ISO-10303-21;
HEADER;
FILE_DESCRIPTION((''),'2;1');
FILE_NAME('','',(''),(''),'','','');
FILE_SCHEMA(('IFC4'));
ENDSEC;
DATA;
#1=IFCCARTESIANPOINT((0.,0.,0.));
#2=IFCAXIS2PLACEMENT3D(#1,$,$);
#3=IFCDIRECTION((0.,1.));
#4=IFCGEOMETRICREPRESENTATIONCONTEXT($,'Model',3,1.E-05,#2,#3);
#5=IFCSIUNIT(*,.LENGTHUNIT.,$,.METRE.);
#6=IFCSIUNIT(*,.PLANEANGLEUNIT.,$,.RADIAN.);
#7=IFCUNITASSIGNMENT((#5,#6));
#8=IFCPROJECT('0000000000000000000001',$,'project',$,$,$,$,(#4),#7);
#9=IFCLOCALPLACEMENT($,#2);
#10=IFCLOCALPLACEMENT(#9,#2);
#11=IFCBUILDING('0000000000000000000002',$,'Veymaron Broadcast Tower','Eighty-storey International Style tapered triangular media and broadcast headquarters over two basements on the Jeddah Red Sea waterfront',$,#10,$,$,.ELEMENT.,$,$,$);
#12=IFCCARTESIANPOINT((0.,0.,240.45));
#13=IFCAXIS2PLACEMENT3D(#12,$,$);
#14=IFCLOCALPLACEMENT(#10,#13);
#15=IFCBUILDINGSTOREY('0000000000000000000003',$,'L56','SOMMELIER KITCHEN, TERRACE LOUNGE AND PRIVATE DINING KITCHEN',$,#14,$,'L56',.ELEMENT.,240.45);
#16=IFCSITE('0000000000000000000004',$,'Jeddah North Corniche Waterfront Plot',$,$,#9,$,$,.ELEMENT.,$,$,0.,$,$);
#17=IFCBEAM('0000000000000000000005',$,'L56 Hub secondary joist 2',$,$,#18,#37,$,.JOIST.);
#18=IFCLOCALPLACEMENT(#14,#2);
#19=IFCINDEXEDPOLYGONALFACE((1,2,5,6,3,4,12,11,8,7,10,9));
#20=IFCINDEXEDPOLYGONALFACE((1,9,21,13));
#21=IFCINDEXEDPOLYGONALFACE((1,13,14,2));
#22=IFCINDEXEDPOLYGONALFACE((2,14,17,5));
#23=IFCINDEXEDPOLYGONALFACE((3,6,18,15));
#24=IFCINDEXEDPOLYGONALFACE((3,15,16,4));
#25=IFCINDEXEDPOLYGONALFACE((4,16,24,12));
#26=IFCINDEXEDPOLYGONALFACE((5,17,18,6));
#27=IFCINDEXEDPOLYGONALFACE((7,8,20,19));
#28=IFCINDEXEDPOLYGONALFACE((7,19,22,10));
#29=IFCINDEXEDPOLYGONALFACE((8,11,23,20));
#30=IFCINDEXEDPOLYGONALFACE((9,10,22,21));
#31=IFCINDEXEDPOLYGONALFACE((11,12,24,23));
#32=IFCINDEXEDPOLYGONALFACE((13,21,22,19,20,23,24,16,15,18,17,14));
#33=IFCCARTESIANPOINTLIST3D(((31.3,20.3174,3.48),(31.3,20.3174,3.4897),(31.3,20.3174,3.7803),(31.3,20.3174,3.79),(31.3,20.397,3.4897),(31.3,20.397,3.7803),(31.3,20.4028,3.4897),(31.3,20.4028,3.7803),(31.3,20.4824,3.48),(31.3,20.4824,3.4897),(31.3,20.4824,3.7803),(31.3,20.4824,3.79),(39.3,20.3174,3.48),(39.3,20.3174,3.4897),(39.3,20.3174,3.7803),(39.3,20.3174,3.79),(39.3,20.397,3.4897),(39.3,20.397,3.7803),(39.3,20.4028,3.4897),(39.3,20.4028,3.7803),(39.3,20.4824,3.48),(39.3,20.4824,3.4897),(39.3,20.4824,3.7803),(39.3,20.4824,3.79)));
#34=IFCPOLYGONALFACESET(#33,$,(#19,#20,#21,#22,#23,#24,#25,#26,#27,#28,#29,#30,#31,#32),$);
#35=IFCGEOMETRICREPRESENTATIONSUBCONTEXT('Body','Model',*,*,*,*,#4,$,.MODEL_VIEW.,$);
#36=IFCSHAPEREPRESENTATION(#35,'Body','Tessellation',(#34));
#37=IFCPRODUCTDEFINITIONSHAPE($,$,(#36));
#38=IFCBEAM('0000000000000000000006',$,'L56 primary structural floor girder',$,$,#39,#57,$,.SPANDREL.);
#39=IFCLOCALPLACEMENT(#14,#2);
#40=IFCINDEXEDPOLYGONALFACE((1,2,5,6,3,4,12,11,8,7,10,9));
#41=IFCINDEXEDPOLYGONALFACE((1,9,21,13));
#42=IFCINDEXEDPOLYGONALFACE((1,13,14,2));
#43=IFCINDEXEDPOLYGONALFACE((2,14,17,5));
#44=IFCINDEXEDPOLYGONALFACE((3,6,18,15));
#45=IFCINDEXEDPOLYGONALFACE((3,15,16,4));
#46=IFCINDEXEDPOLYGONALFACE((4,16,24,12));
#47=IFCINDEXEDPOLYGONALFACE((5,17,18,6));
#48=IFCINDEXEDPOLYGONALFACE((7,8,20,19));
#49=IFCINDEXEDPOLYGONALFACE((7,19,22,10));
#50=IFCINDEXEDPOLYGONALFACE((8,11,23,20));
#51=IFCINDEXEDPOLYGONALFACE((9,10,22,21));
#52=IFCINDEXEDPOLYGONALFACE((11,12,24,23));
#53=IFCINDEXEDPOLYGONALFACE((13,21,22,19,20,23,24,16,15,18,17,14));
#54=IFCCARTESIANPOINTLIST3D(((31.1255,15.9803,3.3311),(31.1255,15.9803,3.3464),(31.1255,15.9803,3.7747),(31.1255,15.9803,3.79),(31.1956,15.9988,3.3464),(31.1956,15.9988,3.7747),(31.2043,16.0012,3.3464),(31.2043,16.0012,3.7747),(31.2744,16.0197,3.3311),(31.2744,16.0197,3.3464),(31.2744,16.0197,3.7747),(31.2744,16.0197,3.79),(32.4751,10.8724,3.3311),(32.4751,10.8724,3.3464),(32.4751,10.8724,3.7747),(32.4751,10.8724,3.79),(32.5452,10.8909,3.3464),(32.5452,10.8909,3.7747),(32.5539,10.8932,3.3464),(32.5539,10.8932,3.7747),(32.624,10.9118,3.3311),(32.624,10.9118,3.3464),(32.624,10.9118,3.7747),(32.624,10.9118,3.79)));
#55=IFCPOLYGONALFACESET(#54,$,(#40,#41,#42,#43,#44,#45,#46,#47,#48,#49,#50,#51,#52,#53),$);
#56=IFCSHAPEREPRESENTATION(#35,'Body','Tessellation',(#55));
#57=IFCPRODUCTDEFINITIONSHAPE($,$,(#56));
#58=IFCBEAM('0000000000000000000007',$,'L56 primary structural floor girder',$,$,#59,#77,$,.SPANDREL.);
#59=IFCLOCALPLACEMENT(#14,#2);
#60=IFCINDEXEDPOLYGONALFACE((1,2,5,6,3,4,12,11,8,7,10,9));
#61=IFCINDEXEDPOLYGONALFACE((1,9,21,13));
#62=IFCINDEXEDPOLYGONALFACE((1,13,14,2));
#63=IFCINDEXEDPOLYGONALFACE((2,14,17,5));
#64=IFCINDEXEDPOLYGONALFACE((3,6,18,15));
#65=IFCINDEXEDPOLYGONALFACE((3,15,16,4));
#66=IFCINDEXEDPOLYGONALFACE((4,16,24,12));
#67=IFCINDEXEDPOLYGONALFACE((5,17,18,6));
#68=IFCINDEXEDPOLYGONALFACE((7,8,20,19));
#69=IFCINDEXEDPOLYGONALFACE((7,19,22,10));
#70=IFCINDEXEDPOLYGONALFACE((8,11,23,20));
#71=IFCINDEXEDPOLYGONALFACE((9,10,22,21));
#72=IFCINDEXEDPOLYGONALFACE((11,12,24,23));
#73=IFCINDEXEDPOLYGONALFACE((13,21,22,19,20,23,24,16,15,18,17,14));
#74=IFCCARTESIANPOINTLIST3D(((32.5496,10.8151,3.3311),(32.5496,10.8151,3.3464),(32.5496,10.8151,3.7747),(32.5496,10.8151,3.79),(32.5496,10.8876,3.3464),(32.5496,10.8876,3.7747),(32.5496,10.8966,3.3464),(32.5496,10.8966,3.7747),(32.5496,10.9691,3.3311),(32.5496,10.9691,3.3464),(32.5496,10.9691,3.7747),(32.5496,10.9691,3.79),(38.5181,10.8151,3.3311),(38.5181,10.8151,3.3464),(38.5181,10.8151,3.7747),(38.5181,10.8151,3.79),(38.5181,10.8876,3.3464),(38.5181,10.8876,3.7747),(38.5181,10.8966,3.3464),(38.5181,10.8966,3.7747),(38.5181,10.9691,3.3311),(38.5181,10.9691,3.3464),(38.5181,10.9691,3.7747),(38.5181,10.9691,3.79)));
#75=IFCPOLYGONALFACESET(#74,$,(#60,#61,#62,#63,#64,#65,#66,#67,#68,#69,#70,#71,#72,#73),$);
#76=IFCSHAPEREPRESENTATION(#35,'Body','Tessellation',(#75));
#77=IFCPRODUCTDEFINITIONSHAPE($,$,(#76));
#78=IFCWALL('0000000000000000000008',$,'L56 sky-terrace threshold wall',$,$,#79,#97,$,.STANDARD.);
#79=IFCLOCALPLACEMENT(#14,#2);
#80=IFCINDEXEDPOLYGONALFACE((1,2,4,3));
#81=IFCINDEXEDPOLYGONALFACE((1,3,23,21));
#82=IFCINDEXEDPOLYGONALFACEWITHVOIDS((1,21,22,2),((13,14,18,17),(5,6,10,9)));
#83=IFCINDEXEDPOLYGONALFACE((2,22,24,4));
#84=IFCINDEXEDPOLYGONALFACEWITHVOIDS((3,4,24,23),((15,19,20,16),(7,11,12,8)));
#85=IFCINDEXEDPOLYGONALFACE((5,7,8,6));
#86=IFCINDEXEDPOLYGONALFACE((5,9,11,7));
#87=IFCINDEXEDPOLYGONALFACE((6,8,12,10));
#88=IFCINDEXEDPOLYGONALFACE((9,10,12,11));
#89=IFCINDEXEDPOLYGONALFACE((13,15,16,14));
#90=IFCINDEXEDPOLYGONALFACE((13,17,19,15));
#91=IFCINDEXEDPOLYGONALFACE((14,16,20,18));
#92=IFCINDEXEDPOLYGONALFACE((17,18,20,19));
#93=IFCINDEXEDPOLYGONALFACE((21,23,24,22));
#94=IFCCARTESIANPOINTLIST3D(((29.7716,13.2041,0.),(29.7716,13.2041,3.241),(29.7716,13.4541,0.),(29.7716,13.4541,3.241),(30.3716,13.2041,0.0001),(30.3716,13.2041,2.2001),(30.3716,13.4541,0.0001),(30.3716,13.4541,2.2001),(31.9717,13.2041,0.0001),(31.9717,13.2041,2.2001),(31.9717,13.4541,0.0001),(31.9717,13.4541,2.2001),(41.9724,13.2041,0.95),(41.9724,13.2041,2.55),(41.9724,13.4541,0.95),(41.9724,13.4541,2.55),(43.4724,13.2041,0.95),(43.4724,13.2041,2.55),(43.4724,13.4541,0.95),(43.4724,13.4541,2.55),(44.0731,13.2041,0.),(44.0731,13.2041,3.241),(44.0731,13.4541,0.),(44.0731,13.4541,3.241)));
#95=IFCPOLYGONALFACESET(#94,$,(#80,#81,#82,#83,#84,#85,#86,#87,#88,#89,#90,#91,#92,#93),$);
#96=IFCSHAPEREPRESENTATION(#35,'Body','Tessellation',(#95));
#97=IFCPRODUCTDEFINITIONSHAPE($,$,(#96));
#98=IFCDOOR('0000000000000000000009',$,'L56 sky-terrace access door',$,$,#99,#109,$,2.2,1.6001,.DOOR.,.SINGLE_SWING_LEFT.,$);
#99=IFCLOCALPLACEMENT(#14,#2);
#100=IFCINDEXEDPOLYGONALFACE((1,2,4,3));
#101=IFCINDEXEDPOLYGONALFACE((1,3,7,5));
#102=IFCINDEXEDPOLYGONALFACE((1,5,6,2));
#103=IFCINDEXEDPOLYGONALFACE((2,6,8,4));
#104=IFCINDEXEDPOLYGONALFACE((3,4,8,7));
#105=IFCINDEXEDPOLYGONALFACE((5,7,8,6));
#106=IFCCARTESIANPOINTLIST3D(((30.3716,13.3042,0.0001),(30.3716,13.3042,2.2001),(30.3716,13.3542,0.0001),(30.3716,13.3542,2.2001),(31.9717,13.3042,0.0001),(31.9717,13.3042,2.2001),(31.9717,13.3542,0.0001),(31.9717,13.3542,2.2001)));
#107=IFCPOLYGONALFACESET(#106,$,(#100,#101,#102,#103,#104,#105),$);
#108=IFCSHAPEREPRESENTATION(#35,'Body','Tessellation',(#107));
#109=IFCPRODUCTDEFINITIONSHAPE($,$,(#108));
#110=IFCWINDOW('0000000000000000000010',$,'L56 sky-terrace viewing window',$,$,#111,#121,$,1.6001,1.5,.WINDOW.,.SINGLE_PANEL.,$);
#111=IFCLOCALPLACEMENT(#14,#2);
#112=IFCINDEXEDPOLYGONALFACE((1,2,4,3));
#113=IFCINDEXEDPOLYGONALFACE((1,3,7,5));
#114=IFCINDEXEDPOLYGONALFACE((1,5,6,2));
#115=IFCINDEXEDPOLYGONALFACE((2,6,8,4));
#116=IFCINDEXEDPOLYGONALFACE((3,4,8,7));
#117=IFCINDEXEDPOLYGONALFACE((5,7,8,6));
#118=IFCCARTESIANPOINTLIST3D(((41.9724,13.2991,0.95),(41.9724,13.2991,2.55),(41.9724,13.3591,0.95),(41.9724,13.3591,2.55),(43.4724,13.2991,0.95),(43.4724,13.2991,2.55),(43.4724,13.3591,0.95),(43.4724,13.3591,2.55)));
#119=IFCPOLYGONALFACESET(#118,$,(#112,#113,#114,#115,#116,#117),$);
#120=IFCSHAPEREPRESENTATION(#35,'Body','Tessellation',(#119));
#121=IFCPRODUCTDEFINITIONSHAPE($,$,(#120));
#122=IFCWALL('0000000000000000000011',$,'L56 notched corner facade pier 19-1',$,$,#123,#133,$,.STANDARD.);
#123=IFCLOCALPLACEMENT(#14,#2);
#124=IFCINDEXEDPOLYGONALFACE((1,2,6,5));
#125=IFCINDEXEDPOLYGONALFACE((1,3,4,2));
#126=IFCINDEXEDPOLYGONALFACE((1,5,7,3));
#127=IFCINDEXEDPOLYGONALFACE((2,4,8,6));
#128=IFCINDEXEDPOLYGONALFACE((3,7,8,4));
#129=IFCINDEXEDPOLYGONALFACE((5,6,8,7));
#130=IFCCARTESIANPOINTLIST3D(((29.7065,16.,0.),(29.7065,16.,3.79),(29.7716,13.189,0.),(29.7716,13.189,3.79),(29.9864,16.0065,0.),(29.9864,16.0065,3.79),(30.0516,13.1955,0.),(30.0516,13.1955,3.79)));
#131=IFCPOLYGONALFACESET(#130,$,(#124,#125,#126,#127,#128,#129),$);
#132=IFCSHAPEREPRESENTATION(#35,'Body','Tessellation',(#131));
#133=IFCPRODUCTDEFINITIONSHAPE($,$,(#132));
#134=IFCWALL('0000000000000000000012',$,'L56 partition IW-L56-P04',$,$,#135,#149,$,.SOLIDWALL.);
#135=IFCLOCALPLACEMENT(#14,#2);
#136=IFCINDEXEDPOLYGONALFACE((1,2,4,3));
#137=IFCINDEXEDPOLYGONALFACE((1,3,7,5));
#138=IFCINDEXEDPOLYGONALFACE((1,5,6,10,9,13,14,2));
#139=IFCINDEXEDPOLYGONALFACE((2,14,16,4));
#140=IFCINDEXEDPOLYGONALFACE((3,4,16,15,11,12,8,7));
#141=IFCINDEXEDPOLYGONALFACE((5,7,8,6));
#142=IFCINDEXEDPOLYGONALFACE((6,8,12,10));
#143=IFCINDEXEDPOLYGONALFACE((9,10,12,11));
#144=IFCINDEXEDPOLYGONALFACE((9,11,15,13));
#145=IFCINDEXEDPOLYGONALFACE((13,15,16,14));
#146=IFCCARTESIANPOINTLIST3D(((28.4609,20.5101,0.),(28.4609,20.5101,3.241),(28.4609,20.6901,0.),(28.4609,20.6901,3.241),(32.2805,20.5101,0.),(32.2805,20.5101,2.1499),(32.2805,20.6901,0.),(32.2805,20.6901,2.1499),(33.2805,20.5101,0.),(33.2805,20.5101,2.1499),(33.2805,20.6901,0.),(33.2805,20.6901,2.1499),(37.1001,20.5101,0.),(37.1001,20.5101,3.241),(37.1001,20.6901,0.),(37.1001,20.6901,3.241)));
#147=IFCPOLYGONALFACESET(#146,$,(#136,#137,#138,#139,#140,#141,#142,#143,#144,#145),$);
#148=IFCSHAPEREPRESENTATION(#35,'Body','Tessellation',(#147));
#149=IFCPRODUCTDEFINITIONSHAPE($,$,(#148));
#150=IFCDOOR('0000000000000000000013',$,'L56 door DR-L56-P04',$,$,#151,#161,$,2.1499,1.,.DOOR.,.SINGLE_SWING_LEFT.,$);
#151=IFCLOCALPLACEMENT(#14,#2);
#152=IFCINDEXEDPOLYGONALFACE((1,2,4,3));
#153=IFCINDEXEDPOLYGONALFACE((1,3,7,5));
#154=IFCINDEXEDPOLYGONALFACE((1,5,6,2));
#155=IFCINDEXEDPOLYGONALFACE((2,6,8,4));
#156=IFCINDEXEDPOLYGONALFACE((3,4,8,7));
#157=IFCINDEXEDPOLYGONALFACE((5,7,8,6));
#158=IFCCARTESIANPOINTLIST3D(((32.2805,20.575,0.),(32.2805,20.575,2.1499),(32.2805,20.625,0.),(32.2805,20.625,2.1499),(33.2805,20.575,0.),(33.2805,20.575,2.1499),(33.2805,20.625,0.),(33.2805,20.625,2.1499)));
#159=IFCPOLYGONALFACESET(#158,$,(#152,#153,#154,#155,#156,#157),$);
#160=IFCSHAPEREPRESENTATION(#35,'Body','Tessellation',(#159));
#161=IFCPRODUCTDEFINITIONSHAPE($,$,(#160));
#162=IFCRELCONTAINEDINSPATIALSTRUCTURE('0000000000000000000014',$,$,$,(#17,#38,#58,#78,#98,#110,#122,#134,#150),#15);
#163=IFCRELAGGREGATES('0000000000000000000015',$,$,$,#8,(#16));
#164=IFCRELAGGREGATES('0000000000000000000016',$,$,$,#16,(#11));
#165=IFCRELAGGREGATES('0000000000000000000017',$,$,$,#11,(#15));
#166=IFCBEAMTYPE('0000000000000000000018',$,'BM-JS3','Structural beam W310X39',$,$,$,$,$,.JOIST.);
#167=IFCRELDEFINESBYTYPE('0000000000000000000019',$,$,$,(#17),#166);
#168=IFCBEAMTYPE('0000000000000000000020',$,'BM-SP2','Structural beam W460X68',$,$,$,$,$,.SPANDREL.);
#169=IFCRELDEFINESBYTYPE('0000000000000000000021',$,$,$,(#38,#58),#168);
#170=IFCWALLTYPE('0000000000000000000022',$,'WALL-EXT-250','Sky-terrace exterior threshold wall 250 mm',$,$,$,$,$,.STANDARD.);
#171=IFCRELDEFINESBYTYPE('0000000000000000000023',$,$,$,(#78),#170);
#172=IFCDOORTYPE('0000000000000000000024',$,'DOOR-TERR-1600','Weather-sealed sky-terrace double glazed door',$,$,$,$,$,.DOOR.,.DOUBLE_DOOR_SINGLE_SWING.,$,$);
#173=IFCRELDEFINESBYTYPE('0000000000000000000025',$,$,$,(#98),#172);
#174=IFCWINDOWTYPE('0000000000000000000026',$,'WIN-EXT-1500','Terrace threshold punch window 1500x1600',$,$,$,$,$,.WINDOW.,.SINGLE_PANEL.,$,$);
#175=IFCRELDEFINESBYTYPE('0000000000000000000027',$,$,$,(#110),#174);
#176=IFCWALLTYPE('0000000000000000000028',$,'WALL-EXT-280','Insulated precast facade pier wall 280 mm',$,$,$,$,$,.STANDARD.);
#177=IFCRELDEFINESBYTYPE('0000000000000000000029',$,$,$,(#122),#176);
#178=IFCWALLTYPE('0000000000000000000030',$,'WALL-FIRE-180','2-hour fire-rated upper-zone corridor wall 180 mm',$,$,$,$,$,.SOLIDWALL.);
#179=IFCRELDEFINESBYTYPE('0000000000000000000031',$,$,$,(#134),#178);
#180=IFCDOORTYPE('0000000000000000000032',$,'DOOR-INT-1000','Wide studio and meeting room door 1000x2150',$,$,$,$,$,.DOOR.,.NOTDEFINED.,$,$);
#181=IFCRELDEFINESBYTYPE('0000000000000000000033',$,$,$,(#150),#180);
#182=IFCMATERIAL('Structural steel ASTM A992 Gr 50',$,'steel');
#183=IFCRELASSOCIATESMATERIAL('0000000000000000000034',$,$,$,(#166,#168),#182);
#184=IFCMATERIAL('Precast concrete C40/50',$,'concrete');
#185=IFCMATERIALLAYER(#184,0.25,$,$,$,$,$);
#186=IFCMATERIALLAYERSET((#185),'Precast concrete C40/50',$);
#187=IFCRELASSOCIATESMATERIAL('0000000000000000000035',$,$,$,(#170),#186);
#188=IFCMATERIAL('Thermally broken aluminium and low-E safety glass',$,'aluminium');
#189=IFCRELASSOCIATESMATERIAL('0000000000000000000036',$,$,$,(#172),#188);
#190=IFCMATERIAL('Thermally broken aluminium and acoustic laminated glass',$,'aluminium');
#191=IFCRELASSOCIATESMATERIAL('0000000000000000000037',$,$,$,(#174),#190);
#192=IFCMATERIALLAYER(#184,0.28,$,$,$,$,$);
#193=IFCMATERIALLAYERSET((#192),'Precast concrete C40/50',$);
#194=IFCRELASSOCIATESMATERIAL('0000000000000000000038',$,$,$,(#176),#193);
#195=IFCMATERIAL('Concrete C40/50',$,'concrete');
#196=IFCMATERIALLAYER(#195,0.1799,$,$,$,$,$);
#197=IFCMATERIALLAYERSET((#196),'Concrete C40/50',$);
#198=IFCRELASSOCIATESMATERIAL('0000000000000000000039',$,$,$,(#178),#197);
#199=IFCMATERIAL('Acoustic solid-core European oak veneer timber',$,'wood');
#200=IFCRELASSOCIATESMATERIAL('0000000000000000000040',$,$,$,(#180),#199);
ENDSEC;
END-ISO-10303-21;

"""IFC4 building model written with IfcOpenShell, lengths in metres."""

from ifc_helpers import new_model, si_unit, direction, frame, frame_2d, origin, origin_2d, place, context, subcontext, project, spatial, rectangle, i_section, extrude, material, layer, layer_set, material_profile, profile_set, type_object, element, fill, save


model = new_model("IFC4")

# Units and contexts
model_context = context("Model", 3, precision=1e-05, world=origin(), true_north=direction((0.0, 1.0)))
body_context = subcontext(model_context, "Body", "Model", "MODEL_VIEW")
ifc_project = project(units=[si_unit("LENGTHUNIT", "METRE"), si_unit("PLANEANGLEUNIT", "RADIAN")], contexts=[model_context])

# Site, building, storey
site_placement = place(None, origin())
site = spatial("IfcSite", under=ifc_project, at=site_placement, Name="Jeddah North Corniche Waterfront Plot", CompositionType="ELEMENT", RefElevation=0.0)
building_placement = place(site_placement, origin())
building = spatial("IfcBuilding", under=site, at=building_placement, Name="Veymaron Broadcast Tower", Description="Eighty-storey International Style tapered triangular media and broadcast headquarters over two basements on the Jeddah Red Sea waterfront", CompositionType="ELEMENT")
storey_placement = place(building_placement, frame((0.0, 0.0, 240.45)))
storey = spatial("IfcBuildingStorey", under=building, at=storey_placement, Name="L56", Description="SOMMELIER KITCHEN, TERRACE LOUNGE AND PRIVATE DINING KITCHEN", LongName="L56", CompositionType="ELEMENT", Elevation=240.45)

# Shared definitions
ifc_material_1 = material(Name="Structural steel ASTM A992 Gr 50", Category="steel")

# Beams
ifc_material_profile_1 = material_profile(ifc_material_1, i_section(OverallWidth=0.165, OverallDepth=0.3101, WebThickness=0.0059, FlangeThickness=0.0098, at=origin_2d()), Name="W310X39")
ifc_profile_set_1 = profile_set([ifc_material_profile_1], Name="Structural steel ASTM A992 Gr 50")
beam_type_1 = type_object("IfcBeamType", Name="BM-JS3", Description="Structural beam W310X39", PredefinedType="JOIST", material=ifc_profile_set_1)
for number, where, z_axis, x_axis, name in (
    (1, (31.3, 20.3999, 3.635), (1.0, 0.0, 0.0), (0.0, 1.0, 0.0), "L56 Hub secondary joist 2"),
):
    element("IfcBeam", number, at=place(storey_placement, frame(where, z_axis=z_axis, x_axis=x_axis)), inside=storey, type_object=beam_type_1, Name=name, PredefinedType="JOIST", context=body_context, shape_type="SweptSolid", body=[
        extrude(i_section(OverallWidth=0.165, OverallDepth=0.3101, WebThickness=0.0059, FlangeThickness=0.0098, at=origin_2d()), origin(), (0.0, 0.0, 1.0), 8.0),
    ])
ifc_material_profile_2 = material_profile(ifc_material_1, i_section(OverallWidth=0.1541, OverallDepth=0.459, WebThickness=0.009, FlangeThickness=0.0154, at=origin_2d()), Name="W460X68")
ifc_profile_set_2 = profile_set([ifc_material_profile_2], Name="Structural steel ASTM A992 Gr 50")
beam_type_2 = type_object("IfcBeamType", Name="BM-SP2", Description="Structural beam W460X68", PredefinedType="SPANDREL", material=ifc_profile_set_2)
beam_1_placement = place(storey_placement, frame((31.2, 16.0, 3.5605), z_axis=(0.255453, -0.966821, 0.0), x_axis=(0.966821, 0.255453, 0.0)))
element("IfcBeam", 2, at=beam_1_placement, inside=storey, type_object=beam_type_2, Name="L56 primary structural floor girder", PredefinedType="SPANDREL", context=body_context, shape_type="SweptSolid", body=[
    extrude(i_section(OverallWidth=0.1541, OverallDepth=0.459, WebThickness=0.009, FlangeThickness=0.0154, at=origin_2d()), origin(), (0.0, 0.0, 1.0), 5.2832),
])
beam_2_placement = place(storey_placement, frame((32.5496, 10.8921, 3.5605), z_axis=(1.0, 0.0, 0.0), x_axis=(0.0, 1.0, 0.0)))
element("IfcBeam", 3, at=beam_2_placement, inside=storey, type_object=beam_type_2, Name="L56 primary structural floor girder", PredefinedType="SPANDREL", context=body_context, shape_type="SweptSolid", body=[
    extrude(i_section(OverallWidth=0.1541, OverallDepth=0.459, WebThickness=0.009, FlangeThickness=0.0154, at=origin_2d()), origin(), (0.0, 0.0, 1.0), 5.9685),
])

# Wall, openings, door, window
ifc_material_2 = material(Name="Precast concrete C40/50", Category="concrete")
ifc_layer_1 = layer(ifc_material_2, 0.25)
ifc_layer_set_1 = layer_set([ifc_layer_1], Name="Precast concrete C40/50")
wall_type_1 = type_object("IfcWallType", Name="WALL-EXT-250", Description="Sky-terrace exterior threshold wall 250 mm", PredefinedType="STANDARD", material=ifc_layer_set_1)
wall_1_placement = place(storey_placement, frame((29.7715, 13.3291, 0.0), z_axis=(0.0, 0.0, 1.0), x_axis=(1.0, 0.0, 0.0)))
wall_1 = element("IfcWall", 4, at=wall_1_placement, inside=storey, type_object=wall_type_1, Name="L56 sky-terrace threshold wall", PredefinedType="STANDARD", context=body_context, shape_type="SweptSolid", body=[
    extrude(rectangle(XDim=14.3015, YDim=0.25, at=frame_2d((7.1509, 0.0))), origin(), (0.0, 0.0, 1.0), 3.241),
])
opening_1_placement = place(wall_1_placement, frame((0.6001, 0.0, 0.0)))
opening_1 = element("IfcOpeningElement", 5, at=opening_1_placement, cuts=wall_1, PredefinedType="OPENING", context=body_context, shape_type="SweptSolid", body=[
    extrude(rectangle(XDim=1.6001, YDim=2.2, at=frame_2d((0.8, 1.1001))), frame((0.0, 0.135, 0.0), z_axis=(0.0, -1.0, 0.0), x_axis=(1.0, 0.0, 0.0)), (0.0, 0.0, 1.0), 0.27),
])
opening_2_placement = place(wall_1_placement, frame((12.2009, 0.0, 0.95)))
opening_2 = element("IfcOpeningElement", 6, at=opening_2_placement, cuts=wall_1, PredefinedType="OPENING", context=body_context, shape_type="SweptSolid", body=[
    extrude(rectangle(XDim=1.5, YDim=1.6001, at=frame_2d((0.75, 0.8))), frame((0.0, 0.135, 0.0), z_axis=(0.0, -1.0, 0.0), x_axis=(1.0, 0.0, 0.0)), (0.0, 0.0, 1.0), 0.27),
])
ifc_material_3 = material(Name="Thermally broken aluminium and low-E safety glass", Category="aluminium")
door_type_1 = type_object("IfcDoorType", Name="DOOR-TERR-1600", Description="Weather-sealed sky-terrace double glazed door", OperationType="DOUBLE_DOOR_SINGLE_SWING", PredefinedType="DOOR", material=ifc_material_3)
door_1_placement = place(opening_1_placement, frame((1.6001, 0.0, 0.0), z_axis=(0.0, 0.0, 1.0), x_axis=(-1.0, 0.0, 0.0)))
door_1 = element("IfcDoor", 7, at=door_1_placement, inside=storey, type_object=door_type_1, Name="L56 sky-terrace access door", OperationType="SINGLE_SWING_LEFT", OverallHeight=2.2, OverallWidth=1.6001, PredefinedType="DOOR", context=body_context, shape_type="SweptSolid", body=[
    extrude(rectangle(XDim=1.6001, YDim=2.2, at=frame_2d((0.8, 1.1001))), frame((0.0, 0.0249, 0.0), z_axis=(0.0, -1.0, 0.0), x_axis=(1.0, 0.0, 0.0)), (0.0, 0.0, 1.0), 0.05),
])
fill(opening_1, door_1)
ifc_material_4 = material(Name="Thermally broken aluminium and acoustic laminated glass", Category="aluminium")
window_type = type_object("IfcWindowType", Name="WIN-EXT-1500", Description="Terrace threshold punch window 1500x1600", PartitioningType="SINGLE_PANEL", PredefinedType="WINDOW", material=ifc_material_4)
window_placement = place(opening_2_placement, origin())
window = element("IfcWindow", 8, at=window_placement, inside=storey, type_object=window_type, Name="L56 sky-terrace viewing window", OverallHeight=1.6001, OverallWidth=1.5, PartitioningType="SINGLE_PANEL", PredefinedType="WINDOW", context=body_context, shape_type="SweptSolid", body=[
    extrude(rectangle(XDim=1.5, YDim=1.6001, at=frame_2d((0.75, 0.8))), frame((0.0, 0.03, 0.0), z_axis=(0.0, -1.0, 0.0), x_axis=(1.0, 0.0, 0.0)), (0.0, 0.0, 1.0), 0.0601),
])
fill(opening_2, window)

# Wall
ifc_layer_2 = layer(ifc_material_2, 0.28)
ifc_layer_set_2 = layer_set([ifc_layer_2], Name="Precast concrete C40/50")
wall_type_2 = type_object("IfcWallType", Name="WALL-EXT-280", Description="Insulated precast facade pier wall 280 mm", PredefinedType="STANDARD", material=ifc_layer_set_2)
wall_2_placement = place(storey_placement, frame((29.8464, 16.0032, 0.0), z_axis=(0.0, 0.0, 1.0), x_axis=(0.023183, -0.999731, 0.0)))
element("IfcWall", 9, at=wall_2_placement, inside=storey, type_object=wall_type_2, Name="L56 notched corner facade pier 19-1", PredefinedType="STANDARD", context=body_context, shape_type="SweptSolid", body=[
    extrude(rectangle(XDim=2.8118, YDim=0.28, at=frame_2d((1.4058, 0.0))), origin(), (0.0, 0.0, 1.0), 3.79),
])

# Wall, opening, door
ifc_material_5 = material(Name="Concrete C40/50", Category="concrete")
ifc_layer_3 = layer(ifc_material_5, 0.1799)
ifc_layer_set_3 = layer_set([ifc_layer_3], Name="Concrete C40/50")
wall_type_3 = type_object("IfcWallType", Name="WALL-FIRE-180", Description="2-hour fire-rated upper-zone corridor wall 180 mm", PredefinedType="SOLIDWALL", material=ifc_layer_set_3)
wall_3_placement = place(storey_placement, frame((28.4609, 20.6001, 0.0), z_axis=(0.0, 0.0, 1.0), x_axis=(1.0, 0.0, 0.0)))
wall_3 = element("IfcWall", 10, at=wall_3_placement, inside=storey, type_object=wall_type_3, Name="L56 partition IW-L56-P04", PredefinedType="SOLIDWALL", context=body_context, shape_type="SweptSolid", body=[
    extrude(rectangle(XDim=8.6392, YDim=0.1799, at=frame_2d((4.3196, 0.0))), origin(), (0.0, 0.0, 1.0), 3.241),
])
opening_3_placement = place(wall_3_placement, frame((3.8196, 0.0, 0.0)))
opening_3 = element("IfcOpeningElement", 11, at=opening_3_placement, cuts=wall_3, PredefinedType="OPENING", context=body_context, shape_type="SweptSolid", body=[
    extrude(rectangle(XDim=1.0, YDim=2.1499, at=frame_2d((0.5, 1.075))), frame((0.0, 0.1001, 0.0), z_axis=(0.0, -1.0, 0.0), x_axis=(1.0, 0.0, 0.0)), (0.0, 0.0, 1.0), 0.2),
])
ifc_material_6 = material(Name="Acoustic solid-core European oak veneer timber", Category="wood")
door_type_2 = type_object("IfcDoorType", Name="DOOR-INT-1000", Description="Wide studio and meeting room door 1000x2150", OperationType="NOTDEFINED", PredefinedType="DOOR", material=ifc_material_6)
door_2_placement = place(opening_3_placement, origin())
door_2 = element("IfcDoor", 12, at=door_2_placement, inside=storey, type_object=door_type_2, Name="L56 door DR-L56-P04", OperationType="SINGLE_SWING_LEFT", OverallHeight=2.1499, OverallWidth=1.0, PredefinedType="DOOR", context=body_context, shape_type="SweptSolid", body=[
    extrude(rectangle(XDim=1.0, YDim=2.1499, at=frame_2d((0.5, 1.075))), frame((0.0, 0.0249, 0.0), z_axis=(0.0, -1.0, 0.0), x_axis=(1.0, 0.0, 0.0)), (0.0, 0.0, 1.0), 0.05),
])
fill(opening_3, door_2)

save(model, "model.ifc")
